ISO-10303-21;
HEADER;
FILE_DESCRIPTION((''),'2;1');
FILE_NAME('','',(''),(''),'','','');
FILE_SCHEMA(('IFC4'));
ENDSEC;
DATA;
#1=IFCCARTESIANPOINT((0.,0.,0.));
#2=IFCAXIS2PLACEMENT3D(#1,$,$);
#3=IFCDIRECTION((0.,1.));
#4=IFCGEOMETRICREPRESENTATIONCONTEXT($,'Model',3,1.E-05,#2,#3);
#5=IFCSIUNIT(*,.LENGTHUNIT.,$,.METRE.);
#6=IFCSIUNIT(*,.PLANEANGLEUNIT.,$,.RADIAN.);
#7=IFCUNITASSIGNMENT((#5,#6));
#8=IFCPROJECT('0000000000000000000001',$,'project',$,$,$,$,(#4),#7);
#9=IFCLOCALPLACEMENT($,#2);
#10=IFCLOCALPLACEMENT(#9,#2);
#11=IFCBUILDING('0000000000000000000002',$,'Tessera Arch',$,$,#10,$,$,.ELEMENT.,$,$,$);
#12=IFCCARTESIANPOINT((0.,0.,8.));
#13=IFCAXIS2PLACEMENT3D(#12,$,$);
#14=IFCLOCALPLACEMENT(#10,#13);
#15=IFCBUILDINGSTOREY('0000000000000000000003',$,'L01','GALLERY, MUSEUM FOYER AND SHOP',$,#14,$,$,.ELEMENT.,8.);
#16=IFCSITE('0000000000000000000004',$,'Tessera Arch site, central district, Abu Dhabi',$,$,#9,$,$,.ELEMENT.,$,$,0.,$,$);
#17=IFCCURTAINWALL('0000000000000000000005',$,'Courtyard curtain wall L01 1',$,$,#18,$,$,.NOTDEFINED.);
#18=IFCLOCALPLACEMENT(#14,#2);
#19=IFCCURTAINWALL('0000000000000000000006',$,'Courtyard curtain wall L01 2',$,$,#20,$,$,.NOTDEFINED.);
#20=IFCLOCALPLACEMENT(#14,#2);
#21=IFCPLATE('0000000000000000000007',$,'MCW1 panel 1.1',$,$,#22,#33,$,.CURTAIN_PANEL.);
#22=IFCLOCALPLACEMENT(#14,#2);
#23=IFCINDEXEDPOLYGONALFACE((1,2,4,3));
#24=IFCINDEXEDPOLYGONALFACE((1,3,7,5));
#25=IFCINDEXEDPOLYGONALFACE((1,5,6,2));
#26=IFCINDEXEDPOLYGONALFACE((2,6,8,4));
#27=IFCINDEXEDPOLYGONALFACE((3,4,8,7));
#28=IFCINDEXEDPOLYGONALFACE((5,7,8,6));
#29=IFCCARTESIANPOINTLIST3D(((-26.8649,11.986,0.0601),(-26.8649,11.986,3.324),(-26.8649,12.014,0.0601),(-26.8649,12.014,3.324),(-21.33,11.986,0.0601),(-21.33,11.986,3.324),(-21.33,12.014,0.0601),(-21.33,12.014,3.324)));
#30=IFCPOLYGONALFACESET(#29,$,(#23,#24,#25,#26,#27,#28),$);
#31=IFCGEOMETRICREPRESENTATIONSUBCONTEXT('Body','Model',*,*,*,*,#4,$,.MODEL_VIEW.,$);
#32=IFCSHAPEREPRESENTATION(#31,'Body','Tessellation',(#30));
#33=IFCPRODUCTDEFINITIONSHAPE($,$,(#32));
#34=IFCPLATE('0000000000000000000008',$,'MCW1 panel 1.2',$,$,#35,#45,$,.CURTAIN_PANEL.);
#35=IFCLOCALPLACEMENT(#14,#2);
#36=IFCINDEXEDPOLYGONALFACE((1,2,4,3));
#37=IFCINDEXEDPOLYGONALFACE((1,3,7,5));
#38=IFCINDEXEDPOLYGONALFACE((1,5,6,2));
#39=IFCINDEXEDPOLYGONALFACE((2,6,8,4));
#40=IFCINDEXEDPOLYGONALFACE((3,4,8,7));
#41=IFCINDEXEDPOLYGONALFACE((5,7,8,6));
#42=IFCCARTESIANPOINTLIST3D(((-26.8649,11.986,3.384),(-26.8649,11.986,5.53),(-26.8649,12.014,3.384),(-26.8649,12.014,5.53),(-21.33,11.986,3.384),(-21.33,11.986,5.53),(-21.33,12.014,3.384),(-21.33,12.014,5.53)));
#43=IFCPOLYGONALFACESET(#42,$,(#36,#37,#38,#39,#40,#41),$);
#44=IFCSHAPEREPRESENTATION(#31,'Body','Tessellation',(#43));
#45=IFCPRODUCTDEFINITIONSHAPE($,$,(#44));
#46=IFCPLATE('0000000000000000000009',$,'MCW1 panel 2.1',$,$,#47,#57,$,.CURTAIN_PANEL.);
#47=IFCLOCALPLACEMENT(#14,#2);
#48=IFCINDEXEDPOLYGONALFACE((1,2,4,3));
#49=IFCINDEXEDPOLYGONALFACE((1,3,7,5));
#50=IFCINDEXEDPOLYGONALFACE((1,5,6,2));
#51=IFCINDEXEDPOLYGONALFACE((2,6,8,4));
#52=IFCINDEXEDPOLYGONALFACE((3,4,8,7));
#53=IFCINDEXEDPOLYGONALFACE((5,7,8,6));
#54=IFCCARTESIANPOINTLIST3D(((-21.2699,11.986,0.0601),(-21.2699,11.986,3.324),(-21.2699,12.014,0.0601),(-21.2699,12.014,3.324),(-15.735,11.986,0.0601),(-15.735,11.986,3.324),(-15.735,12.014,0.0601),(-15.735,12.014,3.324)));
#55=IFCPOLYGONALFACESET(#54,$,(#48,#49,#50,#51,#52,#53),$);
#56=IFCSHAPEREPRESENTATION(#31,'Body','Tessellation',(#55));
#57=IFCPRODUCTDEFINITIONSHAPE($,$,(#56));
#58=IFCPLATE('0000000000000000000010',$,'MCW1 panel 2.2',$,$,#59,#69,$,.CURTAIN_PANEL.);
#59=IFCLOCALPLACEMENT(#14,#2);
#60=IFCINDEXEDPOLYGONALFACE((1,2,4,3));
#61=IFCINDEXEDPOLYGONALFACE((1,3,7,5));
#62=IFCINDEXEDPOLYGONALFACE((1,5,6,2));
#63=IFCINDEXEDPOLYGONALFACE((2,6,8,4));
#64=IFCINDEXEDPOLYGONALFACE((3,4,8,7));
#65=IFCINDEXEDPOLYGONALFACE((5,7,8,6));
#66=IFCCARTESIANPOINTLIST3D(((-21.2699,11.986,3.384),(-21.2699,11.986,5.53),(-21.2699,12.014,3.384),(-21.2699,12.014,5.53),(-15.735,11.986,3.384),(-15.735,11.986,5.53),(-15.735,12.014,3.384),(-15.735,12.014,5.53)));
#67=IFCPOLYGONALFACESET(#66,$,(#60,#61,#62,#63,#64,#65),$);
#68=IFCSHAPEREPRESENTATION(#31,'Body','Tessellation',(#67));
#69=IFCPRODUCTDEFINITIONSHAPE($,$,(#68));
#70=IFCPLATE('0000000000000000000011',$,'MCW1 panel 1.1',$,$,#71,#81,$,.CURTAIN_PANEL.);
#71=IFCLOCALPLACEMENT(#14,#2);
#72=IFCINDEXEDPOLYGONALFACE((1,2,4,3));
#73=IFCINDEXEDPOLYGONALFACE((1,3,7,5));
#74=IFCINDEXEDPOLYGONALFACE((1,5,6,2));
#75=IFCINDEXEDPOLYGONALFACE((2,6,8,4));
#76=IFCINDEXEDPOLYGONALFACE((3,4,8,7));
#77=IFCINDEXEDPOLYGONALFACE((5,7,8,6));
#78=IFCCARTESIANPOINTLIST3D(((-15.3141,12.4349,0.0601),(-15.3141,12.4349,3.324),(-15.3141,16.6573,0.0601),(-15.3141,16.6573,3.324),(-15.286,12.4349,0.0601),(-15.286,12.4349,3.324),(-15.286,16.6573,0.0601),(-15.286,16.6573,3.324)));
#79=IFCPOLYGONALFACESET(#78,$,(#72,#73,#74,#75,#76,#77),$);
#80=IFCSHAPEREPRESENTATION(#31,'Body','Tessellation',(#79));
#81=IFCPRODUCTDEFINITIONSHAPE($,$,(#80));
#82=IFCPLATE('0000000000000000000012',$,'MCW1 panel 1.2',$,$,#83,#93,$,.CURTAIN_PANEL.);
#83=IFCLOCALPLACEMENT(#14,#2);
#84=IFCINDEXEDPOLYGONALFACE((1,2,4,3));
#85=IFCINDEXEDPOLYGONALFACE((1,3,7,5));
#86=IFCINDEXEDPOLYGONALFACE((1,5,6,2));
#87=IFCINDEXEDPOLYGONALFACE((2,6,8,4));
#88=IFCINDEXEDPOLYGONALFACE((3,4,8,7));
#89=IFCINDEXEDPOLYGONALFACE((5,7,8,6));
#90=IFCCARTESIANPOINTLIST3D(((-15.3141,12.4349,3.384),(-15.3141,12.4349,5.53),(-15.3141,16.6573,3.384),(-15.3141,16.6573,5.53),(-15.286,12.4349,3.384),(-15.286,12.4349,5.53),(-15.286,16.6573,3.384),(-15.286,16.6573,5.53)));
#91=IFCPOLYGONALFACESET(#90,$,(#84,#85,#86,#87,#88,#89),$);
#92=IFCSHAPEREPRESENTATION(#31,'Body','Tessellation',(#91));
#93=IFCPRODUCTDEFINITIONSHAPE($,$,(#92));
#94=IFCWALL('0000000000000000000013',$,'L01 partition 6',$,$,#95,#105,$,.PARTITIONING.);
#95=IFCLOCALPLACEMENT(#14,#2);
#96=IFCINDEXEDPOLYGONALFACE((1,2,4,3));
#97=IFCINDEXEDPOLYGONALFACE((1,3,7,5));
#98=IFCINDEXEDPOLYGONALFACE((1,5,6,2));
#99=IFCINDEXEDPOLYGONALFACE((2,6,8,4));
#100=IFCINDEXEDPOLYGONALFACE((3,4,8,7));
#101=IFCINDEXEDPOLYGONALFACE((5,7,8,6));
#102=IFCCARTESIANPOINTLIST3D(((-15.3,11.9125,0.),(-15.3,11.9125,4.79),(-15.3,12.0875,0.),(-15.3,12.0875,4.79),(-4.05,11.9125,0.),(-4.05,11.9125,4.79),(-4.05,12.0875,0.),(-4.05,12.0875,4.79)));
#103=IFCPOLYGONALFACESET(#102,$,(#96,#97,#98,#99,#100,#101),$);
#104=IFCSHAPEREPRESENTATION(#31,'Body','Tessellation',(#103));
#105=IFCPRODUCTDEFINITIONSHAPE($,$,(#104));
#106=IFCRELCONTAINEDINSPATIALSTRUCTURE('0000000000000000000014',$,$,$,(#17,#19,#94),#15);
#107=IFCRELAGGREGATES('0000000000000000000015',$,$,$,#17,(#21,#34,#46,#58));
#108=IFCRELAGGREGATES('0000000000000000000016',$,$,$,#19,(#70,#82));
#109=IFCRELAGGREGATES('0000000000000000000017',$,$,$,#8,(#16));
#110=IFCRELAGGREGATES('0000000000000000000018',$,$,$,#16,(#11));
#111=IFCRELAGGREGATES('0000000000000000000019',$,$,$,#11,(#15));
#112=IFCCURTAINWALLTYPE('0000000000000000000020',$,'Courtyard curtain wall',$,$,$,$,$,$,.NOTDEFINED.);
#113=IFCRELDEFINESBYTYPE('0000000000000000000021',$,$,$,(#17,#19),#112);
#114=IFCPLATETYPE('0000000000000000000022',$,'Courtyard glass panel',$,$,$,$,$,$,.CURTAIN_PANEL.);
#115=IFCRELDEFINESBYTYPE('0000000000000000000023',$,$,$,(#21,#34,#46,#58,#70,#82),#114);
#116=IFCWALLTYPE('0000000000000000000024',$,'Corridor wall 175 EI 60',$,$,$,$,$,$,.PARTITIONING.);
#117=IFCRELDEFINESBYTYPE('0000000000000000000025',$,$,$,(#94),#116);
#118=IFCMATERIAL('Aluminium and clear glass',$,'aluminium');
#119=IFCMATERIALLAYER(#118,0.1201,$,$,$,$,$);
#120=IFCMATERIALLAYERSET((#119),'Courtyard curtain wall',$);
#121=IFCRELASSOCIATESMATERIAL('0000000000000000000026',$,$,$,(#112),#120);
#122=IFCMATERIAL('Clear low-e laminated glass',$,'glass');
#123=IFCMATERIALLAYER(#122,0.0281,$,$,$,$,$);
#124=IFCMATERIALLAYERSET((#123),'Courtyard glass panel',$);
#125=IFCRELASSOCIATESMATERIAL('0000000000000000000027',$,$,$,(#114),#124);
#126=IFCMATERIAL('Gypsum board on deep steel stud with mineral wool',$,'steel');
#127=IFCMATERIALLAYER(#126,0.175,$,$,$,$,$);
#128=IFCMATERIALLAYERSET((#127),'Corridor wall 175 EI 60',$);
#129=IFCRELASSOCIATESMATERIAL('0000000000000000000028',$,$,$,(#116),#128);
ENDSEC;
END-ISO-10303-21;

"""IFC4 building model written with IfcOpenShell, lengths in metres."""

from ifc_helpers import new_model, si_unit, direction, frame, frame_2d, origin, origin_2d, place, context, subcontext, project, spatial, rectangle, extrude, material, layer, layer_set, type_object, element, aggregate, save


model = new_model("IFC4")

# Units and contexts
model_context = context("Model", 3, precision=1e-05, world=origin(), true_north=direction((0.0, 1.0)))
body_context = subcontext(model_context, "Body", "Model", "MODEL_VIEW")
ifc_project = project(units=[si_unit("LENGTHUNIT", "METRE"), si_unit("PLANEANGLEUNIT", "RADIAN")], contexts=[model_context])

# Site, building, storey
site_placement = place(None, origin())
site = spatial("IfcSite", under=ifc_project, at=site_placement, Name="Tessera Arch site, central district, Abu Dhabi", CompositionType="ELEMENT", RefElevation=0.0)
building_placement = place(site_placement, origin())
building = spatial("IfcBuilding", under=site, at=building_placement, Name="Tessera Arch", CompositionType="ELEMENT")
storey_placement = place(building_placement, frame((0.0, 0.0, 8.0)))
storey = spatial("IfcBuildingStorey", under=building, at=storey_placement, Name="L01", Description="GALLERY, MUSEUM FOYER AND SHOP", CompositionType="ELEMENT", Elevation=8.0)

# Curtain walls
ifc_material_1 = material(Name="Aluminium and clear glass", Category="aluminium")
ifc_layer_1 = layer(ifc_material_1, 0.1201)
ifc_layer_set_1 = layer_set([ifc_layer_1], Name="Courtyard curtain wall")
curtain_wall_type = type_object("IfcCurtainWallType", Name="Courtyard curtain wall", PredefinedType="NOTDEFINED", material=ifc_layer_set_1)
curtain_wall_1_placement = place(storey_placement, origin())
curtain_wall_1 = element("IfcCurtainWall", 1, at=curtain_wall_1_placement, inside=storey, type_object=curtain_wall_type, Name="Courtyard curtain wall L01 1", PredefinedType="NOTDEFINED")
curtain_wall_2_placement = place(storey_placement, origin())
curtain_wall_2 = element("IfcCurtainWall", 2, at=curtain_wall_2_placement, inside=storey, type_object=curtain_wall_type, Name="Courtyard curtain wall L01 2", PredefinedType="NOTDEFINED")

# Plates
ifc_material_2 = material(Name="Clear low-e laminated glass", Category="glass")
ifc_layer_2 = layer(ifc_material_2, 0.0281)
ifc_layer_set_2 = layer_set([ifc_layer_2], Name="Courtyard glass panel")
plate_type = type_object("IfcPlateType", Name="Courtyard glass panel", PredefinedType="CURTAIN_PANEL", material=ifc_layer_set_2)
plate_1_placement = place(storey_placement, frame((-24.0974, 12.0, 0.0601), z_axis=(0.0, 0.0, 1.0), x_axis=(1.0, 0.0, 0.0)))
plate_1 = element("IfcPlate", 3, at=plate_1_placement, type_object=plate_type, Name="MCW1 panel 1.1", PredefinedType="CURTAIN_PANEL", context=body_context, shape_type="SweptSolid", body=[
    extrude(rectangle(XDim=5.5349, YDim=0.0281, at=origin_2d()), origin(), (0.0, 0.0, 1.0), 3.2639),
])
plate_2_placement = place(storey_placement, frame((-24.0974, 12.0, 3.384), z_axis=(0.0, 0.0, 1.0), x_axis=(1.0, 0.0, 0.0)))
plate_2 = element("IfcPlate", 4, at=plate_2_placement, type_object=plate_type, Name="MCW1 panel 1.2", PredefinedType="CURTAIN_PANEL", context=body_context, shape_type="SweptSolid", body=[
    extrude(rectangle(XDim=5.5349, YDim=0.0281, at=origin_2d()), origin(), (0.0, 0.0, 1.0), 2.146),
])
plate_3_placement = place(storey_placement, frame((-18.5024, 12.0, 0.0601), z_axis=(0.0, 0.0, 1.0), x_axis=(1.0, 0.0, 0.0)))
plate_3 = element("IfcPlate", 5, at=plate_3_placement, type_object=plate_type, Name="MCW1 panel 2.1", PredefinedType="CURTAIN_PANEL", context=body_context, shape_type="SweptSolid", body=[
    extrude(rectangle(XDim=5.5349, YDim=0.0281, at=origin_2d()), origin(), (0.0, 0.0, 1.0), 3.2639),
])
plate_4_placement = place(storey_placement, frame((-18.5024, 12.0, 3.384), z_axis=(0.0, 0.0, 1.0), x_axis=(1.0, 0.0, 0.0)))
plate_4 = element("IfcPlate", 6, at=plate_4_placement, type_object=plate_type, Name="MCW1 panel 2.2", PredefinedType="CURTAIN_PANEL", context=body_context, shape_type="SweptSolid", body=[
    extrude(rectangle(XDim=5.5349, YDim=0.0281, at=origin_2d()), origin(), (0.0, 0.0, 1.0), 2.146),
])
aggregate(curtain_wall_1, [plate_1, plate_2, plate_3, plate_4])
plate_5_placement = place(storey_placement, frame((-15.3, 14.5461, 0.0601), z_axis=(0.0, 0.0, 1.0), x_axis=(0.0, 1.0, 0.0)))
plate_5 = element("IfcPlate", 7, at=plate_5_placement, type_object=plate_type, Name="MCW1 panel 1.1", PredefinedType="CURTAIN_PANEL", context=body_context, shape_type="SweptSolid", body=[
    extrude(rectangle(XDim=4.2224, YDim=0.0281, at=origin_2d()), origin(), (0.0, 0.0, 1.0), 3.2639),
])
plate_6_placement = place(storey_placement, frame((-15.3, 14.5461, 3.384), z_axis=(0.0, 0.0, 1.0), x_axis=(0.0, 1.0, 0.0)))
plate_6 = element("IfcPlate", 8, at=plate_6_placement, type_object=plate_type, Name="MCW1 panel 1.2", PredefinedType="CURTAIN_PANEL", context=body_context, shape_type="SweptSolid", body=[
    extrude(rectangle(XDim=4.2224, YDim=0.0281, at=origin_2d()), origin(), (0.0, 0.0, 1.0), 2.146),
])
aggregate(curtain_wall_2, [plate_5, plate_6])

# Wall
ifc_material_3 = material(Name="Gypsum board on deep steel stud with mineral wool", Category="steel")
ifc_layer_3 = layer(ifc_material_3, 0.175)
ifc_layer_set_3 = layer_set([ifc_layer_3], Name="Corridor wall 175 EI 60")
wall_type = type_object("IfcWallType", Name="Corridor wall 175 EI 60", PredefinedType="PARTITIONING", material=ifc_layer_set_3)
wall_placement = place(storey_placement, frame((-15.3, 12.0, 0.0), z_axis=(0.0, 0.0, 1.0), x_axis=(1.0, 0.0, 0.0)))
element("IfcWall", 9, at=wall_placement, inside=storey, type_object=wall_type, Name="L01 partition 6", PredefinedType="PARTITIONING", context=body_context, shape_type="SweptSolid", body=[
    extrude(rectangle(XDim=11.25, YDim=0.175, at=frame_2d((5.625, 0.0))), origin(), (0.0, 0.0, 1.0), 4.79),
])

save(model, "model.ifc")
